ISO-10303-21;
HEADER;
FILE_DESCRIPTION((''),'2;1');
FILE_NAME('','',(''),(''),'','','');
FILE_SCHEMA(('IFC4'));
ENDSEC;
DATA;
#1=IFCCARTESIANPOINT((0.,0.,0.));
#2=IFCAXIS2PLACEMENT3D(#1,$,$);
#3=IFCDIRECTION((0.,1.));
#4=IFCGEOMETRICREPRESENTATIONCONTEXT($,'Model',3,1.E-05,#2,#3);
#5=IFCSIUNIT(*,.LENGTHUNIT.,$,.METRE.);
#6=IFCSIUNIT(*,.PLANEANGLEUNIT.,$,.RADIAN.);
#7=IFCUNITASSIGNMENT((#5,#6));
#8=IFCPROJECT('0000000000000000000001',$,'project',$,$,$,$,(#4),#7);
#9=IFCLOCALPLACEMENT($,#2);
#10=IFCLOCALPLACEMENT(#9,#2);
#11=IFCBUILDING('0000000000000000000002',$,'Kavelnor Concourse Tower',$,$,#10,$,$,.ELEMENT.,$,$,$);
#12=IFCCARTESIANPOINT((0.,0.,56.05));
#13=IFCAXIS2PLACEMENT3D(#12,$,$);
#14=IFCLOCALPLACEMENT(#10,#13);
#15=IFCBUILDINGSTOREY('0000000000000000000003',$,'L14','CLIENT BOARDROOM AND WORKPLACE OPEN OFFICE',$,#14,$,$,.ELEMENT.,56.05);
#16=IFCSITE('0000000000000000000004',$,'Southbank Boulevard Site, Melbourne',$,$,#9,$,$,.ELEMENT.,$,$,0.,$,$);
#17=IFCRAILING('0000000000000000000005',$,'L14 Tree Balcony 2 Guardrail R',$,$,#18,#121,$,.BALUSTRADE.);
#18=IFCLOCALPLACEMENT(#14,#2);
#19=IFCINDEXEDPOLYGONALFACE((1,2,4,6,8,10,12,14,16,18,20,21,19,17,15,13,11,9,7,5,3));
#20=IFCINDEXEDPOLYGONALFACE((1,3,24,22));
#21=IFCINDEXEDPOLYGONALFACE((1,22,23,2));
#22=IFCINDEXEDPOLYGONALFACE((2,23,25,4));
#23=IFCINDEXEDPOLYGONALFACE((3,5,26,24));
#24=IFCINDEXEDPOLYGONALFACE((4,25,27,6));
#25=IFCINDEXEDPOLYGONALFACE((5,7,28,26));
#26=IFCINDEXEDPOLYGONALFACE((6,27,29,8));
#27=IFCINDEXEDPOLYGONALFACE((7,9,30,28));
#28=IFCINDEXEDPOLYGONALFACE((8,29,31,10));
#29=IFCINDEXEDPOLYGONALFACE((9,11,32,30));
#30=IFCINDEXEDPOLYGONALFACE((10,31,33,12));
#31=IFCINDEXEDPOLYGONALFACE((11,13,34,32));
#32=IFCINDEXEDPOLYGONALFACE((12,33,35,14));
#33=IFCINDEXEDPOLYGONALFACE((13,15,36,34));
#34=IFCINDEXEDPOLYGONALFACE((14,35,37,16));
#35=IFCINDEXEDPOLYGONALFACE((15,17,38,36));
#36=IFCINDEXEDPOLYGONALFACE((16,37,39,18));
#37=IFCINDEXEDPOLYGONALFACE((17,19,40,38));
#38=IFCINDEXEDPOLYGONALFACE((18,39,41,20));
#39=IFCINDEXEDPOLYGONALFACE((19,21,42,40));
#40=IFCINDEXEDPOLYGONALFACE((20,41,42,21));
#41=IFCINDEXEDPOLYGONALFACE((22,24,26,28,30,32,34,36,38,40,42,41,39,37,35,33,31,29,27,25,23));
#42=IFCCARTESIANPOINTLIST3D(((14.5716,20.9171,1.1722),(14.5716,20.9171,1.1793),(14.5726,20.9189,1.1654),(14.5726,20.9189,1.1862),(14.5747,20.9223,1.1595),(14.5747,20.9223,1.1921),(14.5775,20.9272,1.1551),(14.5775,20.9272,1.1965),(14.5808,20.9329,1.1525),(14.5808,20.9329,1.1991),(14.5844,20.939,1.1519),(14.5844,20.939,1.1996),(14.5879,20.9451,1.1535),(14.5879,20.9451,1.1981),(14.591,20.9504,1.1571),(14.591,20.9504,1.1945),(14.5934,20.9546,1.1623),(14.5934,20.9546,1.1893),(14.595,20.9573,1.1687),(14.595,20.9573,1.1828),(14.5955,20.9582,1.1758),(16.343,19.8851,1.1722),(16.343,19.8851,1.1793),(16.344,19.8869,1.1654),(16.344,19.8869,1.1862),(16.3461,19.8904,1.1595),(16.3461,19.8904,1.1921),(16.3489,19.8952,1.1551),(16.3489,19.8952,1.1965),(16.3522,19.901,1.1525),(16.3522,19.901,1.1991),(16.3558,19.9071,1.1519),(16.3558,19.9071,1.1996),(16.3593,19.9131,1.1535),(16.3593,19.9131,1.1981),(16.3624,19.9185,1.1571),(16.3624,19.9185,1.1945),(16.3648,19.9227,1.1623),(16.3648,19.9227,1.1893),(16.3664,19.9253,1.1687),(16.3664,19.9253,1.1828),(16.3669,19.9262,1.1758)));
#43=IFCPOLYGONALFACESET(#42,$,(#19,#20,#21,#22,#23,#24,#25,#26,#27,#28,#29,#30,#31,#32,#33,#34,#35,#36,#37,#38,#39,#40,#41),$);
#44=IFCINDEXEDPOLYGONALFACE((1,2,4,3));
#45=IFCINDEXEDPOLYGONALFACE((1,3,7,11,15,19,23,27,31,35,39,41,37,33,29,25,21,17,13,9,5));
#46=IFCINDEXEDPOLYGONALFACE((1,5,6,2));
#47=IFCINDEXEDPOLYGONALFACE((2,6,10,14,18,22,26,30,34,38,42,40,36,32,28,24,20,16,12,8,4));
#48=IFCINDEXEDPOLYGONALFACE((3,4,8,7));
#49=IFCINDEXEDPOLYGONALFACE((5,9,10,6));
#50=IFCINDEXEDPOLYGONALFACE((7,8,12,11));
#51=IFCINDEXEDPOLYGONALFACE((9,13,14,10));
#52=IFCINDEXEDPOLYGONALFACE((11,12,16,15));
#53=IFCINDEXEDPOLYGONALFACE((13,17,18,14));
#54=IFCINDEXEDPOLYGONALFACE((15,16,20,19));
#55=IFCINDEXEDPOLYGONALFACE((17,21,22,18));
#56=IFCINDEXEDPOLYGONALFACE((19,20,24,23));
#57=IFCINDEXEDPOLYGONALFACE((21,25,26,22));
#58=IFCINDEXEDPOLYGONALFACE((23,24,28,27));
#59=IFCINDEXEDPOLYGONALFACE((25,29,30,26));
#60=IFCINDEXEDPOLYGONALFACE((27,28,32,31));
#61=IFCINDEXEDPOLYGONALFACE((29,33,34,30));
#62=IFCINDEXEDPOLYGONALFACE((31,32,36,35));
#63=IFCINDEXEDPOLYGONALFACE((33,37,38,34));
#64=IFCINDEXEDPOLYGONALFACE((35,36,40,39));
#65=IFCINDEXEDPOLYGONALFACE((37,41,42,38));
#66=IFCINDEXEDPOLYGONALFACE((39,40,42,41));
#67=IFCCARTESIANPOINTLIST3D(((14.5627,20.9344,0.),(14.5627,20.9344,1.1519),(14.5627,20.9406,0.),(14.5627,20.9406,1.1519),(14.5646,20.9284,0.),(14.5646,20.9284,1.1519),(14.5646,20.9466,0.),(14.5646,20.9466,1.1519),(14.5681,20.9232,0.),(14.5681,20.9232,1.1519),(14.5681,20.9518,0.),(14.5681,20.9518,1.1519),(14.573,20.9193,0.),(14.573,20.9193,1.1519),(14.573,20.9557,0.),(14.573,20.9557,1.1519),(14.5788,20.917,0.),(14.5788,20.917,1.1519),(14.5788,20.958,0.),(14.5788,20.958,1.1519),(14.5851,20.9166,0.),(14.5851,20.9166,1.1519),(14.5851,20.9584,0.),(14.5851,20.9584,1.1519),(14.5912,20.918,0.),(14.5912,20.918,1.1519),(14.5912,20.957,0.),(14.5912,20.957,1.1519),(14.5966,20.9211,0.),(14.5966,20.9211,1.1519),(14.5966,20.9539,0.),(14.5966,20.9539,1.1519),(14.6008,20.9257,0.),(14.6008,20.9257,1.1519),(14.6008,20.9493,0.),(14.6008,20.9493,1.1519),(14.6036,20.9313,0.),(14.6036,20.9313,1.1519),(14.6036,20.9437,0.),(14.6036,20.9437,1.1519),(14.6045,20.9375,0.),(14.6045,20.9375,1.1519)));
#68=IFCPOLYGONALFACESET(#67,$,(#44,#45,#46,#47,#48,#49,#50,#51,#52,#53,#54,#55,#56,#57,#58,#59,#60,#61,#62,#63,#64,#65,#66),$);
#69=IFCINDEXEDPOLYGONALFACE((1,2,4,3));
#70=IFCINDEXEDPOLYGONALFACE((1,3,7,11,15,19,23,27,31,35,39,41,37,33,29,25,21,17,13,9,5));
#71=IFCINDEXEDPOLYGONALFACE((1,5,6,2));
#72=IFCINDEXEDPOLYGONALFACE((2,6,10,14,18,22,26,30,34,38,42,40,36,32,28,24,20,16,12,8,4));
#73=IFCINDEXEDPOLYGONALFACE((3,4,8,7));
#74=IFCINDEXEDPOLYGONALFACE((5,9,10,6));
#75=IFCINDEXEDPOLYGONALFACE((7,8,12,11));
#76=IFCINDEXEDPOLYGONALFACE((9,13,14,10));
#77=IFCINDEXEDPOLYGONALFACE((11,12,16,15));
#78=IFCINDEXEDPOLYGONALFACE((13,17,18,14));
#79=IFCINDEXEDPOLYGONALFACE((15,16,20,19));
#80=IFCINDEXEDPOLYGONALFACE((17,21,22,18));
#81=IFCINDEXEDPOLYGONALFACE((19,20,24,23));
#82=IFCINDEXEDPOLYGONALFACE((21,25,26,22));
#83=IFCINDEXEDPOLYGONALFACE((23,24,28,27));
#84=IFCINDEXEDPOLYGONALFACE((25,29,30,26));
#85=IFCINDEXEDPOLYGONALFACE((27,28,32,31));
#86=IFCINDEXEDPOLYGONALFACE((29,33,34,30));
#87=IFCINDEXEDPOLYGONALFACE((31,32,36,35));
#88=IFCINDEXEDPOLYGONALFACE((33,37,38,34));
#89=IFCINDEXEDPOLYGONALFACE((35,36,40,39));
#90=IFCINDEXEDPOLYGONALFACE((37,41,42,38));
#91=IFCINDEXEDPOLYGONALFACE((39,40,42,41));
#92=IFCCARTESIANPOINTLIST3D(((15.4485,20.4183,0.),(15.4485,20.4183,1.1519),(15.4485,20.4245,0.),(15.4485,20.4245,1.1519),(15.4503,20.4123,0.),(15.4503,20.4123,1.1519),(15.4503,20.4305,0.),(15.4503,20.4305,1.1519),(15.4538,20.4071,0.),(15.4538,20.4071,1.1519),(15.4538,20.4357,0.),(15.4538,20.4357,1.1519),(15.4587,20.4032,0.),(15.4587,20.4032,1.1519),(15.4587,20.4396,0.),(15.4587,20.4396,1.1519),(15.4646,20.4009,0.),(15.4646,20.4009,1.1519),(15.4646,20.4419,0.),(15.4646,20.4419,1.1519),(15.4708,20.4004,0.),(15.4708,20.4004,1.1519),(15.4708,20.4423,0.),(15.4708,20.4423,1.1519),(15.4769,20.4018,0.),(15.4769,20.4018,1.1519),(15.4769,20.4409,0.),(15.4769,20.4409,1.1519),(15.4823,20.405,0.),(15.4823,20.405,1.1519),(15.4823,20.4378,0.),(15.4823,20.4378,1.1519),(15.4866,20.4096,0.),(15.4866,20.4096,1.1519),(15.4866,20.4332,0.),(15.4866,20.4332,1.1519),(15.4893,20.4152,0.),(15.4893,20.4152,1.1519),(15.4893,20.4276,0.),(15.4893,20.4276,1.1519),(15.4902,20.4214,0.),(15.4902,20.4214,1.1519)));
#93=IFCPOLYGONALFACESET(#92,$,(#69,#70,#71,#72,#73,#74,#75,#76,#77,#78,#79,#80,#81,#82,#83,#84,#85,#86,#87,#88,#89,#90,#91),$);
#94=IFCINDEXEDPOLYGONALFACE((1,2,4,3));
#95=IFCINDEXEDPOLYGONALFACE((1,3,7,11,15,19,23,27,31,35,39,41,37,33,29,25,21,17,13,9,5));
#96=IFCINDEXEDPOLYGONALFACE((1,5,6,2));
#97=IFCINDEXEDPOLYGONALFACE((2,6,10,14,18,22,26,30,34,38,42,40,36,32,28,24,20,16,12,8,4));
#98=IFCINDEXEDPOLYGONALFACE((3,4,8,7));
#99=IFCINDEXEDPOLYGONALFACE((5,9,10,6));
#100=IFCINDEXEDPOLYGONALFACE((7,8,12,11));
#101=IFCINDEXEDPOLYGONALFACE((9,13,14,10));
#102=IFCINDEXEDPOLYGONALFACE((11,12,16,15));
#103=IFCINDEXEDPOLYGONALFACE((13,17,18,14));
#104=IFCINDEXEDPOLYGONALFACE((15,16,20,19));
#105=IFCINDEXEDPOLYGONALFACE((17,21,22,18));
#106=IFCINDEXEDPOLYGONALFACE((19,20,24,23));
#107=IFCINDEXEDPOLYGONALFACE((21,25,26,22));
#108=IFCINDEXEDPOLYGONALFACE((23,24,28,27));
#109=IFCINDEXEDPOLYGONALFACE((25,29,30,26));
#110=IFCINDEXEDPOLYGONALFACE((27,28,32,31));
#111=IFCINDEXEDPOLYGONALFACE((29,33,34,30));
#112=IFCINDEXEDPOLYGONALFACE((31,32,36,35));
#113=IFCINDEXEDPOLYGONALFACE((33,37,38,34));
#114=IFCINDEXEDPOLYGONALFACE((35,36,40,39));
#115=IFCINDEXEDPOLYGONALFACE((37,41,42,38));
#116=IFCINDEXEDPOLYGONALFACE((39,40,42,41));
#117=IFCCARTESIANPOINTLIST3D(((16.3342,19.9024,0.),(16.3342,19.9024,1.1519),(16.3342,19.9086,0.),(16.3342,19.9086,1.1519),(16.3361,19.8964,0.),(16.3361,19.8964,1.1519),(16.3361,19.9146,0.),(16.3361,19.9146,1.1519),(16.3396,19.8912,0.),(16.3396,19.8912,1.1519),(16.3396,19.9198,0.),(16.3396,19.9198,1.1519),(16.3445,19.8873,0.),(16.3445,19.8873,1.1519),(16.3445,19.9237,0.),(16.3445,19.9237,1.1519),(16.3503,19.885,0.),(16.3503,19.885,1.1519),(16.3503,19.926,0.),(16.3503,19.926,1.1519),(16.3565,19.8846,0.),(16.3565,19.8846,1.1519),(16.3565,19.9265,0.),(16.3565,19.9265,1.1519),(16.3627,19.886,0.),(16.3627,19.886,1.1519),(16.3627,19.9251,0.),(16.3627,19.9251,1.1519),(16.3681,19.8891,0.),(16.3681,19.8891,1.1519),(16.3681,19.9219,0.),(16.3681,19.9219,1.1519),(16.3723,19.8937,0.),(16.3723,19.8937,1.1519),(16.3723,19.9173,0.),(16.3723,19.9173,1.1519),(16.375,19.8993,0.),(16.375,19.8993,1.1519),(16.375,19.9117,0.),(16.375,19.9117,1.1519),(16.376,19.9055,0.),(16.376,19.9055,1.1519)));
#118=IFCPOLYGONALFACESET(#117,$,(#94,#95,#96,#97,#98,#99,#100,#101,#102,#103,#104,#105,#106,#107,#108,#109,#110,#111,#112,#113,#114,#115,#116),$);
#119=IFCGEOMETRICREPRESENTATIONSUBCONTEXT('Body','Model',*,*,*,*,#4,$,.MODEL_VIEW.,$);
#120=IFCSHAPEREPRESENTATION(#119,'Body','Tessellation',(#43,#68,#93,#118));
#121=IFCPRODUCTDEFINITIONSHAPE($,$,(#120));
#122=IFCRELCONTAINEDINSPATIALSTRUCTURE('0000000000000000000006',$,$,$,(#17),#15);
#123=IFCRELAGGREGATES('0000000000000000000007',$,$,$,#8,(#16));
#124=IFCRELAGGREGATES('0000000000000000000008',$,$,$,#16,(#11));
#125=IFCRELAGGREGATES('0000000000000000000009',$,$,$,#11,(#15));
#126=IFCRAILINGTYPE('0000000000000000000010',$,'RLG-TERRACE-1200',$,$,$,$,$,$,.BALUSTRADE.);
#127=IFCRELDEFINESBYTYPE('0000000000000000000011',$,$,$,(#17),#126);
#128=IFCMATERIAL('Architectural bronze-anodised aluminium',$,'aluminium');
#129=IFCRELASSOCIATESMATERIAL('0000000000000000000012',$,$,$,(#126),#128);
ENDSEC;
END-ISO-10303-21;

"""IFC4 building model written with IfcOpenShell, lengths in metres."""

from ifc_helpers import new_model, si_unit, direction, frame, origin, origin_2d, place, context, subcontext, project, spatial, circle, extrude, material, type_object, element, save


model = new_model("IFC4")

# Units and contexts
model_context = context("Model", 3, precision=1e-05, world=origin(), true_north=direction((0.0, 1.0)))
body_context = subcontext(model_context, "Body", "Model", "MODEL_VIEW")
ifc_project = project(units=[si_unit("LENGTHUNIT", "METRE"), si_unit("PLANEANGLEUNIT", "RADIAN")], contexts=[model_context])

# Site, building, storey
site_placement = place(None, origin())
site = spatial("IfcSite", under=ifc_project, at=site_placement, Name="Southbank Boulevard Site, Melbourne", CompositionType="ELEMENT", RefElevation=0.0)
building_placement = place(site_placement, origin())
building = spatial("IfcBuilding", under=site, at=building_placement, Name="Kavelnor Concourse Tower", CompositionType="ELEMENT")
storey_placement = place(building_placement, frame((0.0, 0.0, 56.05)))
storey = spatial("IfcBuildingStorey", under=building, at=storey_placement, Name="L14", Description="CLIENT BOARDROOM AND WORKPLACE OPEN OFFICE", CompositionType="ELEMENT", Elevation=56.05)

# Railing
ifc_material_1 = material(Name="Architectural bronze-anodised aluminium", Category="aluminium")
railing_type_1 = type_object("IfcRailingType", Name="RLG-TERRACE-1200", PredefinedType="BALUSTRADE", material=ifc_material_1)
railing_1_placement = place(storey_placement, frame((14.5835, 20.9375, 0.0)))
element("IfcRailing", 1, at=railing_1_placement, inside=storey, type_object=railing_type_1, Name="L14 Tree Balcony 2 Guardrail R", PredefinedType="BALUSTRADE", context=body_context, shape_type="SweptSolid", body=[
    extrude(circle(Radius=0.0239, at=origin_2d()), frame((0.0, 0.0, 1.1758), z_axis=(0.864072, -0.503367, 0.0), x_axis=(0.503367, 0.864072, 0.0)), (0.0, 0.0, 1.0), 2.05),
    extrude(circle(Radius=0.021, at=origin_2d()), origin(), (0.0, 0.0, 1.0), 1.1519),
    extrude(circle(Radius=0.021, at=origin_2d()), frame((0.8857, -0.5161, 0.0)), (0.0, 0.0, 1.0), 1.1519),
    extrude(circle(Radius=0.021, at=origin_2d()), frame((1.7715, -1.032, 0.0)), (0.0, 0.0, 1.0), 1.1519),
])

save(model, "model.ifc")
